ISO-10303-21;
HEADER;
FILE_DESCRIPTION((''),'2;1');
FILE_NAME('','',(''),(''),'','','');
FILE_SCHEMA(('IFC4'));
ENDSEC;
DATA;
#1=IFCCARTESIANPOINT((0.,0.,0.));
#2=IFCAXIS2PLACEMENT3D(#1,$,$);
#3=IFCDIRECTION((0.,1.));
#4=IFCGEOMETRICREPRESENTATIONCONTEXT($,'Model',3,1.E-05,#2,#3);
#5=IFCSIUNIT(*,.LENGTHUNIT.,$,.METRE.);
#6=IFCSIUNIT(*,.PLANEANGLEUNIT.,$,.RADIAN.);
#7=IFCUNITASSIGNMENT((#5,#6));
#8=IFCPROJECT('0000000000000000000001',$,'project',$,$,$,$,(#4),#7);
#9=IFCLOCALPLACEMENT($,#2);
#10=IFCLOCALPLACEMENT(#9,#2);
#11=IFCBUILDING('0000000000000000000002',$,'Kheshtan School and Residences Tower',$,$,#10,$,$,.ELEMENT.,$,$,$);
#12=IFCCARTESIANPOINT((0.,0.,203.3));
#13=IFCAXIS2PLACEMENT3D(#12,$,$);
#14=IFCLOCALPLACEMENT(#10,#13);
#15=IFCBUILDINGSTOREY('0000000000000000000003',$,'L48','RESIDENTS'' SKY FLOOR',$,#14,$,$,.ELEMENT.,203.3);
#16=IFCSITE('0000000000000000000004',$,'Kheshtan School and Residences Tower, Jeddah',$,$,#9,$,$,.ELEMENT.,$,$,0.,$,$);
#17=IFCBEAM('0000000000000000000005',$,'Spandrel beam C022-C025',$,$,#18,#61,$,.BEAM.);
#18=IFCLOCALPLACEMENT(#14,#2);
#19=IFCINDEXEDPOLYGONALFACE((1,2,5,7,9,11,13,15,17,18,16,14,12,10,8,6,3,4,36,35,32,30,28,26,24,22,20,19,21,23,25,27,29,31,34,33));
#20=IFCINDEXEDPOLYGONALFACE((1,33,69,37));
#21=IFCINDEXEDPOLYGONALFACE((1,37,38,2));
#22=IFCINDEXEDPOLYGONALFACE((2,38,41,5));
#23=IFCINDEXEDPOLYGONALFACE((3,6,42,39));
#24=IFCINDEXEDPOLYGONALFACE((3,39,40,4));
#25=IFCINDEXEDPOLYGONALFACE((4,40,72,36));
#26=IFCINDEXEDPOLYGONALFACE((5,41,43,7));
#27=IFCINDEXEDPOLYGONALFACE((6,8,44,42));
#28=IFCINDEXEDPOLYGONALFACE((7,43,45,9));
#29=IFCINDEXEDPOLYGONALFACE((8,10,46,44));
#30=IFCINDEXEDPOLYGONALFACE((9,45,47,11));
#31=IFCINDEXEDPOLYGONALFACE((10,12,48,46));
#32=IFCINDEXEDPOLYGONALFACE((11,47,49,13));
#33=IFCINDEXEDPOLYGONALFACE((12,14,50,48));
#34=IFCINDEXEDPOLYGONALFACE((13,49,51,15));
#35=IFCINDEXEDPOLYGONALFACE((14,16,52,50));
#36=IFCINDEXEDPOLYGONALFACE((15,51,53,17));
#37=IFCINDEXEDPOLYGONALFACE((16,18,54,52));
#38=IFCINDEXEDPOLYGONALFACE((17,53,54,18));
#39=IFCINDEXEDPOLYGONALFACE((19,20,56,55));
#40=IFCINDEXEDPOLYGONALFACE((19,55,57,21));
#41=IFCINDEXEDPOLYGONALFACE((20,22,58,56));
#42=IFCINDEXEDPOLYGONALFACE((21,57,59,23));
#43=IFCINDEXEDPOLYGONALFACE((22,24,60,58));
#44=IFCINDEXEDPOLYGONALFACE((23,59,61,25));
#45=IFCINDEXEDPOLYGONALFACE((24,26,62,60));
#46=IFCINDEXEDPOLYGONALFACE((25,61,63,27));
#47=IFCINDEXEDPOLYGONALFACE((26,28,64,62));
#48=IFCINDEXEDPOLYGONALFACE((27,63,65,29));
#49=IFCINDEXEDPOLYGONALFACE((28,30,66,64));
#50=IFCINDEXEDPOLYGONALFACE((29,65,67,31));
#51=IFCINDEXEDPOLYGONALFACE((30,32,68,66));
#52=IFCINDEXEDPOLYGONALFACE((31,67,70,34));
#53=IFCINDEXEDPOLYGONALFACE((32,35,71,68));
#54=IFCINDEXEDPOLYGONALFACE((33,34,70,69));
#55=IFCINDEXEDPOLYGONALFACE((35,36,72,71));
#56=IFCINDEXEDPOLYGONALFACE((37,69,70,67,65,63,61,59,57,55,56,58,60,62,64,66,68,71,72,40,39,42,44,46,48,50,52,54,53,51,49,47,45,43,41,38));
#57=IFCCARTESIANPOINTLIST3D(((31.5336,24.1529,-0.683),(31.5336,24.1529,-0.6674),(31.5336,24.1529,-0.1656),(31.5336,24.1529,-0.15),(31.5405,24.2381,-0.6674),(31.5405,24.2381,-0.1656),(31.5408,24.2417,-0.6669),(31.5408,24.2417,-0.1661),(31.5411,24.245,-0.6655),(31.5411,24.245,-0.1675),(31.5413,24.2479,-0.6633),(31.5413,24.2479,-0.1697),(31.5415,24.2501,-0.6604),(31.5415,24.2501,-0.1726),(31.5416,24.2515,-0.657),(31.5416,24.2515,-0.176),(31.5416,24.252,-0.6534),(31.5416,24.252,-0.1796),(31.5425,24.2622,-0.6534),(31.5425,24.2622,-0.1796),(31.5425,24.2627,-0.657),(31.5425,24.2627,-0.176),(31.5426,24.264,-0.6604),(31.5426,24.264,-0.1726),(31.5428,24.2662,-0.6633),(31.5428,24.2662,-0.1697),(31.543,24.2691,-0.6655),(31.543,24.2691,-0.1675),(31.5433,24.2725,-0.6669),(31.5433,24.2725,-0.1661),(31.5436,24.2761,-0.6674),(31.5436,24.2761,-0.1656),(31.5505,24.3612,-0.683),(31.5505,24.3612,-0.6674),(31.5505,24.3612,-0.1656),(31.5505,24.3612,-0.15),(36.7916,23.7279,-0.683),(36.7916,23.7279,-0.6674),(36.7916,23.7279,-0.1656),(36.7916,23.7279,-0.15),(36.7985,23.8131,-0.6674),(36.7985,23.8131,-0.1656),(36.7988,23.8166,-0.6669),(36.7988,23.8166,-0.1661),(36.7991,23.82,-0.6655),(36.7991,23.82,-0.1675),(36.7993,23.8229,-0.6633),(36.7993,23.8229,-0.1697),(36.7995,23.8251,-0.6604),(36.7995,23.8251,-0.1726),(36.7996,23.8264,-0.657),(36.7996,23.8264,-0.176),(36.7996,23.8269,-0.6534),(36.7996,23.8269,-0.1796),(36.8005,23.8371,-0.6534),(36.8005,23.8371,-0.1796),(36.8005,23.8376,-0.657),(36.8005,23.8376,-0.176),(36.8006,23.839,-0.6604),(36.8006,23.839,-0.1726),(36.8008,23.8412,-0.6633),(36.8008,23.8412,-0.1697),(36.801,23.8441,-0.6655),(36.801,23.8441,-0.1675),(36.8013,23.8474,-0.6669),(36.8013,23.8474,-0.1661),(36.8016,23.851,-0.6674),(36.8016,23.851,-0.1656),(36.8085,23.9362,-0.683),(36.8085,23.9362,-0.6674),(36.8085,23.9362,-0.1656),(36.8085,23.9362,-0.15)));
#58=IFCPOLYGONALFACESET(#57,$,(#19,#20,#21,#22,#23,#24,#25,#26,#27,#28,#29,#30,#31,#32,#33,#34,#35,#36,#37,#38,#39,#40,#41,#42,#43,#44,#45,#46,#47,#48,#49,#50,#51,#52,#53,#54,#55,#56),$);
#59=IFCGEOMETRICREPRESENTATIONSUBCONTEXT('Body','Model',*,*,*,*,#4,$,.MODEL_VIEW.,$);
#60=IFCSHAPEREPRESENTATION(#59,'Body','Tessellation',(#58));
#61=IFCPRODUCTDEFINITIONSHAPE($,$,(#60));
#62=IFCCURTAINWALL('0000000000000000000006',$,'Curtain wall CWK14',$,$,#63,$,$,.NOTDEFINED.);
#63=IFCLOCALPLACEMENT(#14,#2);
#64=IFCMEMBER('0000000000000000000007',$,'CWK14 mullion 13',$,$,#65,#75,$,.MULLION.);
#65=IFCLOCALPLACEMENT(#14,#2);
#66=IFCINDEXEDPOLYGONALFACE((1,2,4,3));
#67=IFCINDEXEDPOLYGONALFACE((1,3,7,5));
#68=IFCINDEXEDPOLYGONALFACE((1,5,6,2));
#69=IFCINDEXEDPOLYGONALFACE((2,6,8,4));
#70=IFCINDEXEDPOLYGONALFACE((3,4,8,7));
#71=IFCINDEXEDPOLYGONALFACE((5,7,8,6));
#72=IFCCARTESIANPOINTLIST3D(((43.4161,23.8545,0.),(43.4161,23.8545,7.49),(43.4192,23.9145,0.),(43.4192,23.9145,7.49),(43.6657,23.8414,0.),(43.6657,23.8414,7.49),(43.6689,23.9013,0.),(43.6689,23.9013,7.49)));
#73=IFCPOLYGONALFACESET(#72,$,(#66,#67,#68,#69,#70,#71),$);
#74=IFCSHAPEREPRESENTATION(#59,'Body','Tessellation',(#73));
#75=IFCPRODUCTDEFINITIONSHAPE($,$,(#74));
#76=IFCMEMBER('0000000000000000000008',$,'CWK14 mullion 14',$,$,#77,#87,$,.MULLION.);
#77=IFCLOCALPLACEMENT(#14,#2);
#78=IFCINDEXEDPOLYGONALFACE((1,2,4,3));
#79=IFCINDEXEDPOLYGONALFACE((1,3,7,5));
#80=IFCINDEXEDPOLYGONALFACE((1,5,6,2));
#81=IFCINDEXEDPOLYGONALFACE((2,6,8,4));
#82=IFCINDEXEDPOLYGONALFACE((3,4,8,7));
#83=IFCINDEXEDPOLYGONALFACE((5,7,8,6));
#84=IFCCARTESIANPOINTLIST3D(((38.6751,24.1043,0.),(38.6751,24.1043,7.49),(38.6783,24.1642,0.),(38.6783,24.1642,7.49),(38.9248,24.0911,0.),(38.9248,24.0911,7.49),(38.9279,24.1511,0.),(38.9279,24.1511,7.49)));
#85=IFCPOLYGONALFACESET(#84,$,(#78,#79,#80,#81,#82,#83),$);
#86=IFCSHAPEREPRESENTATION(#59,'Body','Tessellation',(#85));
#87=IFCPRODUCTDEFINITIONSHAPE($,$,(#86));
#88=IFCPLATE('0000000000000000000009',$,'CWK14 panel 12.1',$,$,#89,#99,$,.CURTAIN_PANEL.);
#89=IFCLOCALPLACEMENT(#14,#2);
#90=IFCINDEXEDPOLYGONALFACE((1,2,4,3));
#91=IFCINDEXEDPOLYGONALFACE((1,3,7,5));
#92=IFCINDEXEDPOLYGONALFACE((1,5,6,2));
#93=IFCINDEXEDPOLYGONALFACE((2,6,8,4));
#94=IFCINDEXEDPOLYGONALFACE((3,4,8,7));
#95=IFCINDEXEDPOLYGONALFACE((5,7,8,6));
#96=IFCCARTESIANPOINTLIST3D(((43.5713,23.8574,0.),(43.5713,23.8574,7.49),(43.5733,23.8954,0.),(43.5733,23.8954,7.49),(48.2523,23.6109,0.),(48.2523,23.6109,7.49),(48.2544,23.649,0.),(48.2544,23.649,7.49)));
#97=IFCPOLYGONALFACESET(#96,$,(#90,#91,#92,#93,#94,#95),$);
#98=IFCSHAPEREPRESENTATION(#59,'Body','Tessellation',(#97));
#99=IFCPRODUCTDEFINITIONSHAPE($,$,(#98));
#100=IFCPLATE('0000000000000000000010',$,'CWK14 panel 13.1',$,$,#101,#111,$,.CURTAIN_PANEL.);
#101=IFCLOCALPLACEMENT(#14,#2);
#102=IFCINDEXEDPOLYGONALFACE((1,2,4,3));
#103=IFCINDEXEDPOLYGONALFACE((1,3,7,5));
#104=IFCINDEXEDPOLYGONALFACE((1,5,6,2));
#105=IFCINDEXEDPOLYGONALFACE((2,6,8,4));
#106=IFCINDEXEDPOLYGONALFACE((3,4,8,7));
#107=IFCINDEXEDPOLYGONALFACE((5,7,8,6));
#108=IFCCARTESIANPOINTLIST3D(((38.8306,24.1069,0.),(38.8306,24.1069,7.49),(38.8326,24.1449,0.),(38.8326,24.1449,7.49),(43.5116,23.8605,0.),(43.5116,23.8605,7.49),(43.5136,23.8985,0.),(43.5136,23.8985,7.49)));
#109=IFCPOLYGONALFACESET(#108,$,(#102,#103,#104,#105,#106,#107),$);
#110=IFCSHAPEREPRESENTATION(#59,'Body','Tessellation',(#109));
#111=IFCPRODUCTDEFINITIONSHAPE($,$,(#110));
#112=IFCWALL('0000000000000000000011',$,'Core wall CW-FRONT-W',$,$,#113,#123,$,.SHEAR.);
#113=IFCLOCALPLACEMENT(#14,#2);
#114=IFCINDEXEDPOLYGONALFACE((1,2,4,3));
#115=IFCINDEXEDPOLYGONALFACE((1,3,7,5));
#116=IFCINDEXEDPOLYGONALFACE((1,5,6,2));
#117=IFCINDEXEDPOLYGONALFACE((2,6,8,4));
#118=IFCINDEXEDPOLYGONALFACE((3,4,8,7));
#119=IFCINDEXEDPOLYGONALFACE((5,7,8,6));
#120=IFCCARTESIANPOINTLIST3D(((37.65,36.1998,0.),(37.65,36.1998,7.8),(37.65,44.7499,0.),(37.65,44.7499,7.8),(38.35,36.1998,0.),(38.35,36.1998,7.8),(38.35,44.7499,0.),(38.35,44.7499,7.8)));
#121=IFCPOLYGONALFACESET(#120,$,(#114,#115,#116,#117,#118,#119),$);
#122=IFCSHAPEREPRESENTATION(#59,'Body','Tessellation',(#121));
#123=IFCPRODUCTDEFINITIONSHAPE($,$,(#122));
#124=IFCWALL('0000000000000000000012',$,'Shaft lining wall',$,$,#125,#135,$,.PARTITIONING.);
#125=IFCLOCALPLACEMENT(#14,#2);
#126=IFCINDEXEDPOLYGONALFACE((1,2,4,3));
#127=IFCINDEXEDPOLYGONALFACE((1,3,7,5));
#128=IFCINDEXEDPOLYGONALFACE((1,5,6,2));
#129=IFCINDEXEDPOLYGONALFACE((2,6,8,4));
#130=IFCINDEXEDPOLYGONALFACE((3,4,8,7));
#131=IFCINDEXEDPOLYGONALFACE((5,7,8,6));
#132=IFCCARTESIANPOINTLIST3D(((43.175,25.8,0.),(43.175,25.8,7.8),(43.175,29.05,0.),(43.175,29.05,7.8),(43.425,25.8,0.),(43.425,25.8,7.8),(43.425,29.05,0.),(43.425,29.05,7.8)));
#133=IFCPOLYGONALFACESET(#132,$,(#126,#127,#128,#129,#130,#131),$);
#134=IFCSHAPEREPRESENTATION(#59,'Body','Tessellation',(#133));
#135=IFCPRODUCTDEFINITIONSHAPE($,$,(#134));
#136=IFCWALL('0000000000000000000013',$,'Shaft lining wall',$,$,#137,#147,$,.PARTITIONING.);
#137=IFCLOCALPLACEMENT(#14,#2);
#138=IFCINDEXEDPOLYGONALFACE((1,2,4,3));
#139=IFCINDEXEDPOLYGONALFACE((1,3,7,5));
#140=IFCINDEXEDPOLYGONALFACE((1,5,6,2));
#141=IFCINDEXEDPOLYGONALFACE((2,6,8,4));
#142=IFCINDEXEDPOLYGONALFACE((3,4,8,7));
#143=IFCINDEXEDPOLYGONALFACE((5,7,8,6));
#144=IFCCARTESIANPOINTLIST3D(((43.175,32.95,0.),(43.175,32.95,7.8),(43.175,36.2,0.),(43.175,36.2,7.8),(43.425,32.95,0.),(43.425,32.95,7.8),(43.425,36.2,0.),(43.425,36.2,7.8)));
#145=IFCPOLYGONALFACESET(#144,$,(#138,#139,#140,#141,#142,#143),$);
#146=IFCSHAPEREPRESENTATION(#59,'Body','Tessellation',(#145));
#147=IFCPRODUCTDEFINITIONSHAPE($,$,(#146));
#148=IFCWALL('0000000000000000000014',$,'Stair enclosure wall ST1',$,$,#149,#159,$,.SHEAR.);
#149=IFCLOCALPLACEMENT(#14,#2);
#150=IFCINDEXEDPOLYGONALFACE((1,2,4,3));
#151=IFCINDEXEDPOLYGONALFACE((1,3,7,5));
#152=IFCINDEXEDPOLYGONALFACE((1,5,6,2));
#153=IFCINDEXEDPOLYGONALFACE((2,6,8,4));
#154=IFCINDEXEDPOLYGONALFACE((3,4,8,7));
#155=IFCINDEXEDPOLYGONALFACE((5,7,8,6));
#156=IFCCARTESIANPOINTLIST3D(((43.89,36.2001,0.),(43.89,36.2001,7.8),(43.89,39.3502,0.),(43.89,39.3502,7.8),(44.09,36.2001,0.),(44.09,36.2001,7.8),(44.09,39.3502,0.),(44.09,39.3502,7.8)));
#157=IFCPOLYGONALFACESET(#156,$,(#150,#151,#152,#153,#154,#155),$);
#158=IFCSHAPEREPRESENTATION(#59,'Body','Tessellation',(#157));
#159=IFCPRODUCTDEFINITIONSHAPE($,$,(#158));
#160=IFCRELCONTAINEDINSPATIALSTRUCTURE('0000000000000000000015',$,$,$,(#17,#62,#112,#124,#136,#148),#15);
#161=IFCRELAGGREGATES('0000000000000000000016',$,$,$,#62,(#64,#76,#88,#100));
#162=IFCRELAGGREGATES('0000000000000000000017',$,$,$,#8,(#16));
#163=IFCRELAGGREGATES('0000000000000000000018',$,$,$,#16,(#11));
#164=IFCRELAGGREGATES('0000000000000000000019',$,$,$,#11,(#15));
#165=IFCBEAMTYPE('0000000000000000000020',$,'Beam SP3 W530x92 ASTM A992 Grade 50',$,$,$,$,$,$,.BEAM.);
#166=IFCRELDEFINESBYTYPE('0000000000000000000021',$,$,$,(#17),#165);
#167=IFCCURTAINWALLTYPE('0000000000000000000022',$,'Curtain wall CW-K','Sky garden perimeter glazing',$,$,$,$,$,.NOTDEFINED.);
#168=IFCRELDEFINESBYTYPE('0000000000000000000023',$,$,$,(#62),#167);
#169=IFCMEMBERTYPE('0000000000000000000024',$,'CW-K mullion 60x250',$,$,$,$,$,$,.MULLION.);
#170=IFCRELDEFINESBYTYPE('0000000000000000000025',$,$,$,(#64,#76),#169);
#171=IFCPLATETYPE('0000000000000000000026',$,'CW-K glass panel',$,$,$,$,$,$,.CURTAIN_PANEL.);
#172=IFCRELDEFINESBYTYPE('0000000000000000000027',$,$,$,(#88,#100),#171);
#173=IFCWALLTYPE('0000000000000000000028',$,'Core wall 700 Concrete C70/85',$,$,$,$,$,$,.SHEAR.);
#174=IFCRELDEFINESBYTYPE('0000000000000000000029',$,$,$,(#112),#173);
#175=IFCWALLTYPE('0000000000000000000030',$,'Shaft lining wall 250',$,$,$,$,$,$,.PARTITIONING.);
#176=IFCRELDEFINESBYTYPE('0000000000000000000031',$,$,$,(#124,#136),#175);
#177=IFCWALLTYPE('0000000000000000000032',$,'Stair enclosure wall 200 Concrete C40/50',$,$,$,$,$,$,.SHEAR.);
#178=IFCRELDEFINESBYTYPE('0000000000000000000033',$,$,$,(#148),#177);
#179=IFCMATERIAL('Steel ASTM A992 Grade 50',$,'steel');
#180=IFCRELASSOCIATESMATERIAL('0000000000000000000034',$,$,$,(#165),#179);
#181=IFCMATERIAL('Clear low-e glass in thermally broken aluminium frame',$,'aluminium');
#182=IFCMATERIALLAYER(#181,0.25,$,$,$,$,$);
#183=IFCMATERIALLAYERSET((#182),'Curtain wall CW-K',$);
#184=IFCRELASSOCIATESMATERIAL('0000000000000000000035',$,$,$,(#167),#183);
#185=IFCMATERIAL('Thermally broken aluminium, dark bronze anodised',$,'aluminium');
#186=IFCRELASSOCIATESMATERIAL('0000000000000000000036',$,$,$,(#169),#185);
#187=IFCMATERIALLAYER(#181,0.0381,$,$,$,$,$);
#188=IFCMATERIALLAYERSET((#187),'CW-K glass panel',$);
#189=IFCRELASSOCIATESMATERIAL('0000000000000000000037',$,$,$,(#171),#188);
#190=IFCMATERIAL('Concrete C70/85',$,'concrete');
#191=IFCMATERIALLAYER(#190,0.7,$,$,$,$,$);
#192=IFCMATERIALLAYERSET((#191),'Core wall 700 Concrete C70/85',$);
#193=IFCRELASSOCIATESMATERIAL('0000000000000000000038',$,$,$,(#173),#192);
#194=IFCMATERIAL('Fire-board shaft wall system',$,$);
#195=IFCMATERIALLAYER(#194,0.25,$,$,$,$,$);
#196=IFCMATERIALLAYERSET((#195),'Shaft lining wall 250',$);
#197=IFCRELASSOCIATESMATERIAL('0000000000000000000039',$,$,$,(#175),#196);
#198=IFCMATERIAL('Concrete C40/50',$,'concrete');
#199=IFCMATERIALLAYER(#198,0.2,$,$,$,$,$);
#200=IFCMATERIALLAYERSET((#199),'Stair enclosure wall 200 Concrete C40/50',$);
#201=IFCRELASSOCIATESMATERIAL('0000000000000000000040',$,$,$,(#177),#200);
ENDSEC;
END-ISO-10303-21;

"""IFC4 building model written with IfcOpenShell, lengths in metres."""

from ifc_helpers import new_model, si_unit, direction, frame, frame_2d, origin, origin_2d, place, context, subcontext, project, spatial, rectangle, i_section, extrude, material, layer, layer_set, material_profile, profile_set, type_object, element, aggregate, save


model = new_model("IFC4")

# Units and contexts
model_context = context("Model", 3, precision=1e-05, world=origin(), true_north=direction((0.0, 1.0)))
body_context = subcontext(model_context, "Body", "Model", "MODEL_VIEW")
ifc_project = project(units=[si_unit("LENGTHUNIT", "METRE"), si_unit("PLANEANGLEUNIT", "RADIAN")], contexts=[model_context])

# Site, building, storey
site_placement = place(None, origin())
site = spatial("IfcSite", under=ifc_project, at=site_placement, Name="Kheshtan School and Residences Tower, Jeddah", CompositionType="ELEMENT", RefElevation=0.0)
building_placement = place(site_placement, origin())
building = spatial("IfcBuilding", under=site, at=building_placement, Name="Kheshtan School and Residences Tower", CompositionType="ELEMENT")
storey_placement = place(building_placement, frame((0.0, 0.0, 203.3)))
storey = spatial("IfcBuildingStorey", under=building, at=storey_placement, Name="L48", Description="RESIDENTS' SKY FLOOR", CompositionType="ELEMENT", Elevation=203.3)

# Shared definitions
ifc_material_1 = material(Name="Steel ASTM A992 Grade 50", Category="steel")

# Beam
ifc_material_profile_1 = material_profile(ifc_material_1, i_section(OverallWidth=0.209, OverallDepth=0.533, WebThickness=0.0103, FlangeThickness=0.0156, FilletRadius=0.0139, at=origin_2d()), Name="W530x92")
ifc_profile_set_1 = profile_set([ifc_material_profile_1], Name="Steel ASTM A992 Grade 50")
beam_type_1 = type_object("IfcBeamType", Name="Beam SP3 W530x92 ASTM A992 Grade 50", PredefinedType="BEAM", material=ifc_profile_set_1)
beam_1_placement = place(storey_placement, frame((36.8, 23.832, -0.4165), z_axis=(-0.996749, 0.080575, 0.0), x_axis=(-0.080575, -0.996749, 0.0)))
element("IfcBeam", 1, at=beam_1_placement, inside=storey, type_object=beam_type_1, Name="Spandrel beam C022-C025", PredefinedType="BEAM", context=body_context, shape_type="SweptSolid", body=[
    extrude(i_section(OverallWidth=0.209, OverallDepth=0.533, WebThickness=0.0103, FlangeThickness=0.0156, FilletRadius=0.0139, at=origin_2d()), origin(), (0.0, 0.0, 1.0), 5.2751),
])

# Curtain wall, members, plates
ifc_material_2 = material(Name="Clear low-e glass in thermally broken aluminium frame", Category="aluminium")
ifc_layer_1 = layer(ifc_material_2, 0.25)
ifc_layer_set_1 = layer_set([ifc_layer_1], Name="Curtain wall CW-K")
curtain_wall_type = type_object("IfcCurtainWallType", Name="Curtain wall CW-K", Description="Sky garden perimeter glazing", PredefinedType="NOTDEFINED", material=ifc_layer_set_1)
curtain_wall_placement = place(storey_placement, origin())
curtain_wall = element("IfcCurtainWall", 2, at=curtain_wall_placement, inside=storey, type_object=curtain_wall_type, Name="Curtain wall CWK14", PredefinedType="NOTDEFINED")
ifc_material_3 = material(Name="Thermally broken aluminium, dark bronze anodised", Category="aluminium")
ifc_material_profile_2 = material_profile(ifc_material_3, rectangle(XDim=0.0601, YDim=0.25, at=origin_2d()), Name="CW-K mullion 60x250")
ifc_profile_set_2 = profile_set([ifc_material_profile_2], Name="Thermally broken aluminium, dark bronze anodised")
member_type = type_object("IfcMemberType", Name="CW-K mullion 60x250", PredefinedType="MULLION", material=ifc_profile_set_2)
member_1_placement = place(storey_placement, frame((43.5425, 23.8779, 0.0), z_axis=(0.0, 0.0, 1.0), x_axis=(-0.05257, -0.998617, 0.0)))
member_1 = element("IfcMember", 3, at=member_1_placement, type_object=member_type, Name="CWK14 mullion 13", PredefinedType="MULLION", context=body_context, shape_type="SweptSolid", body=[
    extrude(rectangle(XDim=0.0601, YDim=0.25, at=origin_2d()), origin(), (0.0, 0.0, 1.0), 7.49),
])
member_2_placement = place(storey_placement, frame((38.8015, 24.1277, 0.0), z_axis=(0.0, 0.0, 1.0), x_axis=(-0.05257, -0.998617, 0.0)))
member_2 = element("IfcMember", 4, at=member_2_placement, type_object=member_type, Name="CWK14 mullion 14", PredefinedType="MULLION", context=body_context, shape_type="SweptSolid", body=[
    extrude(rectangle(XDim=0.0601, YDim=0.25, at=origin_2d()), origin(), (0.0, 0.0, 1.0), 7.49),
])
ifc_layer_2 = layer(ifc_material_2, 0.0381)
ifc_layer_set_2 = layer_set([ifc_layer_2], Name="CW-K glass panel")
plate_type = type_object("IfcPlateType", Name="CW-K glass panel", PredefinedType="CURTAIN_PANEL", material=ifc_layer_set_2)
plate_1_placement = place(storey_placement, frame((45.9128, 23.7532, 0.0), z_axis=(0.0, 0.0, 1.0), x_axis=(-0.998617, 0.05257, 0.0)))
plate_1 = element("IfcPlate", 5, at=plate_1_placement, type_object=plate_type, Name="CWK14 panel 12.1", PredefinedType="CURTAIN_PANEL", context=body_context, shape_type="SweptSolid", body=[
    extrude(rectangle(XDim=4.6875, YDim=0.0381, at=origin_2d()), origin(), (0.0, 0.0, 1.0), 7.49),
])
plate_2_placement = place(storey_placement, frame((41.1721, 24.0027, 0.0), z_axis=(0.0, 0.0, 1.0), x_axis=(-0.998617, 0.05257, 0.0)))
plate_2 = element("IfcPlate", 6, at=plate_2_placement, type_object=plate_type, Name="CWK14 panel 13.1", PredefinedType="CURTAIN_PANEL", context=body_context, shape_type="SweptSolid", body=[
    extrude(rectangle(XDim=4.6875, YDim=0.0381, at=origin_2d()), origin(), (0.0, 0.0, 1.0), 7.49),
])
aggregate(curtain_wall, [member_1, member_2, plate_1, plate_2])

# Walls
ifc_material_4 = material(Name="Concrete C70/85", Category="concrete")
ifc_layer_3 = layer(ifc_material_4, 0.7)
ifc_layer_set_3 = layer_set([ifc_layer_3], Name="Core wall 700 Concrete C70/85")
wall_type_1 = type_object("IfcWallType", Name="Core wall 700 Concrete C70/85", PredefinedType="SHEAR", material=ifc_layer_set_3)
wall_1_placement = place(storey_placement, frame((38.0, 36.2, 0.0), z_axis=(0.0, 0.0, 1.0), x_axis=(0.0, 1.0, 0.0)))
element("IfcWall", 7, at=wall_1_placement, inside=storey, type_object=wall_type_1, Name="Core wall CW-FRONT-W", PredefinedType="SHEAR", context=body_context, shape_type="SweptSolid", body=[
    extrude(rectangle(XDim=8.55, YDim=0.7, at=frame_2d((4.2749, 0.0))), origin(), (0.0, 0.0, 1.0), 7.8),
])
ifc_material_5 = material(Name="Fire-board shaft wall system")
ifc_layer_4 = layer(ifc_material_5, 0.25)
ifc_layer_set_4 = layer_set([ifc_layer_4], Name="Shaft lining wall 250")
wall_type_2 = type_object("IfcWallType", Name="Shaft lining wall 250", PredefinedType="PARTITIONING", material=ifc_layer_set_4)
for number, where, z_axis, x_axis, name in (
    (8, (43.3, 25.8, 0.0), (0.0, 0.0, 1.0), (0.0, 1.0, 0.0), "Shaft lining wall"),
    (9, (43.3, 32.95, 0.0), (0.0, 0.0, 1.0), (0.0, 1.0, 0.0), "Shaft lining wall"),
):
    element("IfcWall", number, at=place(storey_placement, frame(where, z_axis=z_axis, x_axis=x_axis)), inside=storey, type_object=wall_type_2, Name=name, PredefinedType="PARTITIONING", context=body_context, shape_type="SweptSolid", body=[
        extrude(rectangle(XDim=3.25, YDim=0.25, at=frame_2d((1.625, 0.0))), origin(), (0.0, 0.0, 1.0), 7.8),
    ])
ifc_material_6 = material(Name="Concrete C40/50", Category="concrete")
ifc_layer_5 = layer(ifc_material_6, 0.2)
ifc_layer_set_5 = layer_set([ifc_layer_5], Name="Stair enclosure wall 200 Concrete C40/50")
wall_type_3 = type_object("IfcWallType", Name="Stair enclosure wall 200 Concrete C40/50", PredefinedType="SHEAR", material=ifc_layer_set_5)
wall_2_placement = place(storey_placement, frame((43.99, 36.2, 0.0), z_axis=(0.0, 0.0, 1.0), x_axis=(0.0, 1.0, 0.0)))
element("IfcWall", 10, at=wall_2_placement, inside=storey, type_object=wall_type_3, Name="Stair enclosure wall ST1", PredefinedType="SHEAR", context=body_context, shape_type="SweptSolid", body=[
    extrude(rectangle(XDim=3.1501, YDim=0.2, at=frame_2d((1.5752, 0.0))), origin(), (0.0, 0.0, 1.0), 7.8),
])

save(model, "model.ifc")
